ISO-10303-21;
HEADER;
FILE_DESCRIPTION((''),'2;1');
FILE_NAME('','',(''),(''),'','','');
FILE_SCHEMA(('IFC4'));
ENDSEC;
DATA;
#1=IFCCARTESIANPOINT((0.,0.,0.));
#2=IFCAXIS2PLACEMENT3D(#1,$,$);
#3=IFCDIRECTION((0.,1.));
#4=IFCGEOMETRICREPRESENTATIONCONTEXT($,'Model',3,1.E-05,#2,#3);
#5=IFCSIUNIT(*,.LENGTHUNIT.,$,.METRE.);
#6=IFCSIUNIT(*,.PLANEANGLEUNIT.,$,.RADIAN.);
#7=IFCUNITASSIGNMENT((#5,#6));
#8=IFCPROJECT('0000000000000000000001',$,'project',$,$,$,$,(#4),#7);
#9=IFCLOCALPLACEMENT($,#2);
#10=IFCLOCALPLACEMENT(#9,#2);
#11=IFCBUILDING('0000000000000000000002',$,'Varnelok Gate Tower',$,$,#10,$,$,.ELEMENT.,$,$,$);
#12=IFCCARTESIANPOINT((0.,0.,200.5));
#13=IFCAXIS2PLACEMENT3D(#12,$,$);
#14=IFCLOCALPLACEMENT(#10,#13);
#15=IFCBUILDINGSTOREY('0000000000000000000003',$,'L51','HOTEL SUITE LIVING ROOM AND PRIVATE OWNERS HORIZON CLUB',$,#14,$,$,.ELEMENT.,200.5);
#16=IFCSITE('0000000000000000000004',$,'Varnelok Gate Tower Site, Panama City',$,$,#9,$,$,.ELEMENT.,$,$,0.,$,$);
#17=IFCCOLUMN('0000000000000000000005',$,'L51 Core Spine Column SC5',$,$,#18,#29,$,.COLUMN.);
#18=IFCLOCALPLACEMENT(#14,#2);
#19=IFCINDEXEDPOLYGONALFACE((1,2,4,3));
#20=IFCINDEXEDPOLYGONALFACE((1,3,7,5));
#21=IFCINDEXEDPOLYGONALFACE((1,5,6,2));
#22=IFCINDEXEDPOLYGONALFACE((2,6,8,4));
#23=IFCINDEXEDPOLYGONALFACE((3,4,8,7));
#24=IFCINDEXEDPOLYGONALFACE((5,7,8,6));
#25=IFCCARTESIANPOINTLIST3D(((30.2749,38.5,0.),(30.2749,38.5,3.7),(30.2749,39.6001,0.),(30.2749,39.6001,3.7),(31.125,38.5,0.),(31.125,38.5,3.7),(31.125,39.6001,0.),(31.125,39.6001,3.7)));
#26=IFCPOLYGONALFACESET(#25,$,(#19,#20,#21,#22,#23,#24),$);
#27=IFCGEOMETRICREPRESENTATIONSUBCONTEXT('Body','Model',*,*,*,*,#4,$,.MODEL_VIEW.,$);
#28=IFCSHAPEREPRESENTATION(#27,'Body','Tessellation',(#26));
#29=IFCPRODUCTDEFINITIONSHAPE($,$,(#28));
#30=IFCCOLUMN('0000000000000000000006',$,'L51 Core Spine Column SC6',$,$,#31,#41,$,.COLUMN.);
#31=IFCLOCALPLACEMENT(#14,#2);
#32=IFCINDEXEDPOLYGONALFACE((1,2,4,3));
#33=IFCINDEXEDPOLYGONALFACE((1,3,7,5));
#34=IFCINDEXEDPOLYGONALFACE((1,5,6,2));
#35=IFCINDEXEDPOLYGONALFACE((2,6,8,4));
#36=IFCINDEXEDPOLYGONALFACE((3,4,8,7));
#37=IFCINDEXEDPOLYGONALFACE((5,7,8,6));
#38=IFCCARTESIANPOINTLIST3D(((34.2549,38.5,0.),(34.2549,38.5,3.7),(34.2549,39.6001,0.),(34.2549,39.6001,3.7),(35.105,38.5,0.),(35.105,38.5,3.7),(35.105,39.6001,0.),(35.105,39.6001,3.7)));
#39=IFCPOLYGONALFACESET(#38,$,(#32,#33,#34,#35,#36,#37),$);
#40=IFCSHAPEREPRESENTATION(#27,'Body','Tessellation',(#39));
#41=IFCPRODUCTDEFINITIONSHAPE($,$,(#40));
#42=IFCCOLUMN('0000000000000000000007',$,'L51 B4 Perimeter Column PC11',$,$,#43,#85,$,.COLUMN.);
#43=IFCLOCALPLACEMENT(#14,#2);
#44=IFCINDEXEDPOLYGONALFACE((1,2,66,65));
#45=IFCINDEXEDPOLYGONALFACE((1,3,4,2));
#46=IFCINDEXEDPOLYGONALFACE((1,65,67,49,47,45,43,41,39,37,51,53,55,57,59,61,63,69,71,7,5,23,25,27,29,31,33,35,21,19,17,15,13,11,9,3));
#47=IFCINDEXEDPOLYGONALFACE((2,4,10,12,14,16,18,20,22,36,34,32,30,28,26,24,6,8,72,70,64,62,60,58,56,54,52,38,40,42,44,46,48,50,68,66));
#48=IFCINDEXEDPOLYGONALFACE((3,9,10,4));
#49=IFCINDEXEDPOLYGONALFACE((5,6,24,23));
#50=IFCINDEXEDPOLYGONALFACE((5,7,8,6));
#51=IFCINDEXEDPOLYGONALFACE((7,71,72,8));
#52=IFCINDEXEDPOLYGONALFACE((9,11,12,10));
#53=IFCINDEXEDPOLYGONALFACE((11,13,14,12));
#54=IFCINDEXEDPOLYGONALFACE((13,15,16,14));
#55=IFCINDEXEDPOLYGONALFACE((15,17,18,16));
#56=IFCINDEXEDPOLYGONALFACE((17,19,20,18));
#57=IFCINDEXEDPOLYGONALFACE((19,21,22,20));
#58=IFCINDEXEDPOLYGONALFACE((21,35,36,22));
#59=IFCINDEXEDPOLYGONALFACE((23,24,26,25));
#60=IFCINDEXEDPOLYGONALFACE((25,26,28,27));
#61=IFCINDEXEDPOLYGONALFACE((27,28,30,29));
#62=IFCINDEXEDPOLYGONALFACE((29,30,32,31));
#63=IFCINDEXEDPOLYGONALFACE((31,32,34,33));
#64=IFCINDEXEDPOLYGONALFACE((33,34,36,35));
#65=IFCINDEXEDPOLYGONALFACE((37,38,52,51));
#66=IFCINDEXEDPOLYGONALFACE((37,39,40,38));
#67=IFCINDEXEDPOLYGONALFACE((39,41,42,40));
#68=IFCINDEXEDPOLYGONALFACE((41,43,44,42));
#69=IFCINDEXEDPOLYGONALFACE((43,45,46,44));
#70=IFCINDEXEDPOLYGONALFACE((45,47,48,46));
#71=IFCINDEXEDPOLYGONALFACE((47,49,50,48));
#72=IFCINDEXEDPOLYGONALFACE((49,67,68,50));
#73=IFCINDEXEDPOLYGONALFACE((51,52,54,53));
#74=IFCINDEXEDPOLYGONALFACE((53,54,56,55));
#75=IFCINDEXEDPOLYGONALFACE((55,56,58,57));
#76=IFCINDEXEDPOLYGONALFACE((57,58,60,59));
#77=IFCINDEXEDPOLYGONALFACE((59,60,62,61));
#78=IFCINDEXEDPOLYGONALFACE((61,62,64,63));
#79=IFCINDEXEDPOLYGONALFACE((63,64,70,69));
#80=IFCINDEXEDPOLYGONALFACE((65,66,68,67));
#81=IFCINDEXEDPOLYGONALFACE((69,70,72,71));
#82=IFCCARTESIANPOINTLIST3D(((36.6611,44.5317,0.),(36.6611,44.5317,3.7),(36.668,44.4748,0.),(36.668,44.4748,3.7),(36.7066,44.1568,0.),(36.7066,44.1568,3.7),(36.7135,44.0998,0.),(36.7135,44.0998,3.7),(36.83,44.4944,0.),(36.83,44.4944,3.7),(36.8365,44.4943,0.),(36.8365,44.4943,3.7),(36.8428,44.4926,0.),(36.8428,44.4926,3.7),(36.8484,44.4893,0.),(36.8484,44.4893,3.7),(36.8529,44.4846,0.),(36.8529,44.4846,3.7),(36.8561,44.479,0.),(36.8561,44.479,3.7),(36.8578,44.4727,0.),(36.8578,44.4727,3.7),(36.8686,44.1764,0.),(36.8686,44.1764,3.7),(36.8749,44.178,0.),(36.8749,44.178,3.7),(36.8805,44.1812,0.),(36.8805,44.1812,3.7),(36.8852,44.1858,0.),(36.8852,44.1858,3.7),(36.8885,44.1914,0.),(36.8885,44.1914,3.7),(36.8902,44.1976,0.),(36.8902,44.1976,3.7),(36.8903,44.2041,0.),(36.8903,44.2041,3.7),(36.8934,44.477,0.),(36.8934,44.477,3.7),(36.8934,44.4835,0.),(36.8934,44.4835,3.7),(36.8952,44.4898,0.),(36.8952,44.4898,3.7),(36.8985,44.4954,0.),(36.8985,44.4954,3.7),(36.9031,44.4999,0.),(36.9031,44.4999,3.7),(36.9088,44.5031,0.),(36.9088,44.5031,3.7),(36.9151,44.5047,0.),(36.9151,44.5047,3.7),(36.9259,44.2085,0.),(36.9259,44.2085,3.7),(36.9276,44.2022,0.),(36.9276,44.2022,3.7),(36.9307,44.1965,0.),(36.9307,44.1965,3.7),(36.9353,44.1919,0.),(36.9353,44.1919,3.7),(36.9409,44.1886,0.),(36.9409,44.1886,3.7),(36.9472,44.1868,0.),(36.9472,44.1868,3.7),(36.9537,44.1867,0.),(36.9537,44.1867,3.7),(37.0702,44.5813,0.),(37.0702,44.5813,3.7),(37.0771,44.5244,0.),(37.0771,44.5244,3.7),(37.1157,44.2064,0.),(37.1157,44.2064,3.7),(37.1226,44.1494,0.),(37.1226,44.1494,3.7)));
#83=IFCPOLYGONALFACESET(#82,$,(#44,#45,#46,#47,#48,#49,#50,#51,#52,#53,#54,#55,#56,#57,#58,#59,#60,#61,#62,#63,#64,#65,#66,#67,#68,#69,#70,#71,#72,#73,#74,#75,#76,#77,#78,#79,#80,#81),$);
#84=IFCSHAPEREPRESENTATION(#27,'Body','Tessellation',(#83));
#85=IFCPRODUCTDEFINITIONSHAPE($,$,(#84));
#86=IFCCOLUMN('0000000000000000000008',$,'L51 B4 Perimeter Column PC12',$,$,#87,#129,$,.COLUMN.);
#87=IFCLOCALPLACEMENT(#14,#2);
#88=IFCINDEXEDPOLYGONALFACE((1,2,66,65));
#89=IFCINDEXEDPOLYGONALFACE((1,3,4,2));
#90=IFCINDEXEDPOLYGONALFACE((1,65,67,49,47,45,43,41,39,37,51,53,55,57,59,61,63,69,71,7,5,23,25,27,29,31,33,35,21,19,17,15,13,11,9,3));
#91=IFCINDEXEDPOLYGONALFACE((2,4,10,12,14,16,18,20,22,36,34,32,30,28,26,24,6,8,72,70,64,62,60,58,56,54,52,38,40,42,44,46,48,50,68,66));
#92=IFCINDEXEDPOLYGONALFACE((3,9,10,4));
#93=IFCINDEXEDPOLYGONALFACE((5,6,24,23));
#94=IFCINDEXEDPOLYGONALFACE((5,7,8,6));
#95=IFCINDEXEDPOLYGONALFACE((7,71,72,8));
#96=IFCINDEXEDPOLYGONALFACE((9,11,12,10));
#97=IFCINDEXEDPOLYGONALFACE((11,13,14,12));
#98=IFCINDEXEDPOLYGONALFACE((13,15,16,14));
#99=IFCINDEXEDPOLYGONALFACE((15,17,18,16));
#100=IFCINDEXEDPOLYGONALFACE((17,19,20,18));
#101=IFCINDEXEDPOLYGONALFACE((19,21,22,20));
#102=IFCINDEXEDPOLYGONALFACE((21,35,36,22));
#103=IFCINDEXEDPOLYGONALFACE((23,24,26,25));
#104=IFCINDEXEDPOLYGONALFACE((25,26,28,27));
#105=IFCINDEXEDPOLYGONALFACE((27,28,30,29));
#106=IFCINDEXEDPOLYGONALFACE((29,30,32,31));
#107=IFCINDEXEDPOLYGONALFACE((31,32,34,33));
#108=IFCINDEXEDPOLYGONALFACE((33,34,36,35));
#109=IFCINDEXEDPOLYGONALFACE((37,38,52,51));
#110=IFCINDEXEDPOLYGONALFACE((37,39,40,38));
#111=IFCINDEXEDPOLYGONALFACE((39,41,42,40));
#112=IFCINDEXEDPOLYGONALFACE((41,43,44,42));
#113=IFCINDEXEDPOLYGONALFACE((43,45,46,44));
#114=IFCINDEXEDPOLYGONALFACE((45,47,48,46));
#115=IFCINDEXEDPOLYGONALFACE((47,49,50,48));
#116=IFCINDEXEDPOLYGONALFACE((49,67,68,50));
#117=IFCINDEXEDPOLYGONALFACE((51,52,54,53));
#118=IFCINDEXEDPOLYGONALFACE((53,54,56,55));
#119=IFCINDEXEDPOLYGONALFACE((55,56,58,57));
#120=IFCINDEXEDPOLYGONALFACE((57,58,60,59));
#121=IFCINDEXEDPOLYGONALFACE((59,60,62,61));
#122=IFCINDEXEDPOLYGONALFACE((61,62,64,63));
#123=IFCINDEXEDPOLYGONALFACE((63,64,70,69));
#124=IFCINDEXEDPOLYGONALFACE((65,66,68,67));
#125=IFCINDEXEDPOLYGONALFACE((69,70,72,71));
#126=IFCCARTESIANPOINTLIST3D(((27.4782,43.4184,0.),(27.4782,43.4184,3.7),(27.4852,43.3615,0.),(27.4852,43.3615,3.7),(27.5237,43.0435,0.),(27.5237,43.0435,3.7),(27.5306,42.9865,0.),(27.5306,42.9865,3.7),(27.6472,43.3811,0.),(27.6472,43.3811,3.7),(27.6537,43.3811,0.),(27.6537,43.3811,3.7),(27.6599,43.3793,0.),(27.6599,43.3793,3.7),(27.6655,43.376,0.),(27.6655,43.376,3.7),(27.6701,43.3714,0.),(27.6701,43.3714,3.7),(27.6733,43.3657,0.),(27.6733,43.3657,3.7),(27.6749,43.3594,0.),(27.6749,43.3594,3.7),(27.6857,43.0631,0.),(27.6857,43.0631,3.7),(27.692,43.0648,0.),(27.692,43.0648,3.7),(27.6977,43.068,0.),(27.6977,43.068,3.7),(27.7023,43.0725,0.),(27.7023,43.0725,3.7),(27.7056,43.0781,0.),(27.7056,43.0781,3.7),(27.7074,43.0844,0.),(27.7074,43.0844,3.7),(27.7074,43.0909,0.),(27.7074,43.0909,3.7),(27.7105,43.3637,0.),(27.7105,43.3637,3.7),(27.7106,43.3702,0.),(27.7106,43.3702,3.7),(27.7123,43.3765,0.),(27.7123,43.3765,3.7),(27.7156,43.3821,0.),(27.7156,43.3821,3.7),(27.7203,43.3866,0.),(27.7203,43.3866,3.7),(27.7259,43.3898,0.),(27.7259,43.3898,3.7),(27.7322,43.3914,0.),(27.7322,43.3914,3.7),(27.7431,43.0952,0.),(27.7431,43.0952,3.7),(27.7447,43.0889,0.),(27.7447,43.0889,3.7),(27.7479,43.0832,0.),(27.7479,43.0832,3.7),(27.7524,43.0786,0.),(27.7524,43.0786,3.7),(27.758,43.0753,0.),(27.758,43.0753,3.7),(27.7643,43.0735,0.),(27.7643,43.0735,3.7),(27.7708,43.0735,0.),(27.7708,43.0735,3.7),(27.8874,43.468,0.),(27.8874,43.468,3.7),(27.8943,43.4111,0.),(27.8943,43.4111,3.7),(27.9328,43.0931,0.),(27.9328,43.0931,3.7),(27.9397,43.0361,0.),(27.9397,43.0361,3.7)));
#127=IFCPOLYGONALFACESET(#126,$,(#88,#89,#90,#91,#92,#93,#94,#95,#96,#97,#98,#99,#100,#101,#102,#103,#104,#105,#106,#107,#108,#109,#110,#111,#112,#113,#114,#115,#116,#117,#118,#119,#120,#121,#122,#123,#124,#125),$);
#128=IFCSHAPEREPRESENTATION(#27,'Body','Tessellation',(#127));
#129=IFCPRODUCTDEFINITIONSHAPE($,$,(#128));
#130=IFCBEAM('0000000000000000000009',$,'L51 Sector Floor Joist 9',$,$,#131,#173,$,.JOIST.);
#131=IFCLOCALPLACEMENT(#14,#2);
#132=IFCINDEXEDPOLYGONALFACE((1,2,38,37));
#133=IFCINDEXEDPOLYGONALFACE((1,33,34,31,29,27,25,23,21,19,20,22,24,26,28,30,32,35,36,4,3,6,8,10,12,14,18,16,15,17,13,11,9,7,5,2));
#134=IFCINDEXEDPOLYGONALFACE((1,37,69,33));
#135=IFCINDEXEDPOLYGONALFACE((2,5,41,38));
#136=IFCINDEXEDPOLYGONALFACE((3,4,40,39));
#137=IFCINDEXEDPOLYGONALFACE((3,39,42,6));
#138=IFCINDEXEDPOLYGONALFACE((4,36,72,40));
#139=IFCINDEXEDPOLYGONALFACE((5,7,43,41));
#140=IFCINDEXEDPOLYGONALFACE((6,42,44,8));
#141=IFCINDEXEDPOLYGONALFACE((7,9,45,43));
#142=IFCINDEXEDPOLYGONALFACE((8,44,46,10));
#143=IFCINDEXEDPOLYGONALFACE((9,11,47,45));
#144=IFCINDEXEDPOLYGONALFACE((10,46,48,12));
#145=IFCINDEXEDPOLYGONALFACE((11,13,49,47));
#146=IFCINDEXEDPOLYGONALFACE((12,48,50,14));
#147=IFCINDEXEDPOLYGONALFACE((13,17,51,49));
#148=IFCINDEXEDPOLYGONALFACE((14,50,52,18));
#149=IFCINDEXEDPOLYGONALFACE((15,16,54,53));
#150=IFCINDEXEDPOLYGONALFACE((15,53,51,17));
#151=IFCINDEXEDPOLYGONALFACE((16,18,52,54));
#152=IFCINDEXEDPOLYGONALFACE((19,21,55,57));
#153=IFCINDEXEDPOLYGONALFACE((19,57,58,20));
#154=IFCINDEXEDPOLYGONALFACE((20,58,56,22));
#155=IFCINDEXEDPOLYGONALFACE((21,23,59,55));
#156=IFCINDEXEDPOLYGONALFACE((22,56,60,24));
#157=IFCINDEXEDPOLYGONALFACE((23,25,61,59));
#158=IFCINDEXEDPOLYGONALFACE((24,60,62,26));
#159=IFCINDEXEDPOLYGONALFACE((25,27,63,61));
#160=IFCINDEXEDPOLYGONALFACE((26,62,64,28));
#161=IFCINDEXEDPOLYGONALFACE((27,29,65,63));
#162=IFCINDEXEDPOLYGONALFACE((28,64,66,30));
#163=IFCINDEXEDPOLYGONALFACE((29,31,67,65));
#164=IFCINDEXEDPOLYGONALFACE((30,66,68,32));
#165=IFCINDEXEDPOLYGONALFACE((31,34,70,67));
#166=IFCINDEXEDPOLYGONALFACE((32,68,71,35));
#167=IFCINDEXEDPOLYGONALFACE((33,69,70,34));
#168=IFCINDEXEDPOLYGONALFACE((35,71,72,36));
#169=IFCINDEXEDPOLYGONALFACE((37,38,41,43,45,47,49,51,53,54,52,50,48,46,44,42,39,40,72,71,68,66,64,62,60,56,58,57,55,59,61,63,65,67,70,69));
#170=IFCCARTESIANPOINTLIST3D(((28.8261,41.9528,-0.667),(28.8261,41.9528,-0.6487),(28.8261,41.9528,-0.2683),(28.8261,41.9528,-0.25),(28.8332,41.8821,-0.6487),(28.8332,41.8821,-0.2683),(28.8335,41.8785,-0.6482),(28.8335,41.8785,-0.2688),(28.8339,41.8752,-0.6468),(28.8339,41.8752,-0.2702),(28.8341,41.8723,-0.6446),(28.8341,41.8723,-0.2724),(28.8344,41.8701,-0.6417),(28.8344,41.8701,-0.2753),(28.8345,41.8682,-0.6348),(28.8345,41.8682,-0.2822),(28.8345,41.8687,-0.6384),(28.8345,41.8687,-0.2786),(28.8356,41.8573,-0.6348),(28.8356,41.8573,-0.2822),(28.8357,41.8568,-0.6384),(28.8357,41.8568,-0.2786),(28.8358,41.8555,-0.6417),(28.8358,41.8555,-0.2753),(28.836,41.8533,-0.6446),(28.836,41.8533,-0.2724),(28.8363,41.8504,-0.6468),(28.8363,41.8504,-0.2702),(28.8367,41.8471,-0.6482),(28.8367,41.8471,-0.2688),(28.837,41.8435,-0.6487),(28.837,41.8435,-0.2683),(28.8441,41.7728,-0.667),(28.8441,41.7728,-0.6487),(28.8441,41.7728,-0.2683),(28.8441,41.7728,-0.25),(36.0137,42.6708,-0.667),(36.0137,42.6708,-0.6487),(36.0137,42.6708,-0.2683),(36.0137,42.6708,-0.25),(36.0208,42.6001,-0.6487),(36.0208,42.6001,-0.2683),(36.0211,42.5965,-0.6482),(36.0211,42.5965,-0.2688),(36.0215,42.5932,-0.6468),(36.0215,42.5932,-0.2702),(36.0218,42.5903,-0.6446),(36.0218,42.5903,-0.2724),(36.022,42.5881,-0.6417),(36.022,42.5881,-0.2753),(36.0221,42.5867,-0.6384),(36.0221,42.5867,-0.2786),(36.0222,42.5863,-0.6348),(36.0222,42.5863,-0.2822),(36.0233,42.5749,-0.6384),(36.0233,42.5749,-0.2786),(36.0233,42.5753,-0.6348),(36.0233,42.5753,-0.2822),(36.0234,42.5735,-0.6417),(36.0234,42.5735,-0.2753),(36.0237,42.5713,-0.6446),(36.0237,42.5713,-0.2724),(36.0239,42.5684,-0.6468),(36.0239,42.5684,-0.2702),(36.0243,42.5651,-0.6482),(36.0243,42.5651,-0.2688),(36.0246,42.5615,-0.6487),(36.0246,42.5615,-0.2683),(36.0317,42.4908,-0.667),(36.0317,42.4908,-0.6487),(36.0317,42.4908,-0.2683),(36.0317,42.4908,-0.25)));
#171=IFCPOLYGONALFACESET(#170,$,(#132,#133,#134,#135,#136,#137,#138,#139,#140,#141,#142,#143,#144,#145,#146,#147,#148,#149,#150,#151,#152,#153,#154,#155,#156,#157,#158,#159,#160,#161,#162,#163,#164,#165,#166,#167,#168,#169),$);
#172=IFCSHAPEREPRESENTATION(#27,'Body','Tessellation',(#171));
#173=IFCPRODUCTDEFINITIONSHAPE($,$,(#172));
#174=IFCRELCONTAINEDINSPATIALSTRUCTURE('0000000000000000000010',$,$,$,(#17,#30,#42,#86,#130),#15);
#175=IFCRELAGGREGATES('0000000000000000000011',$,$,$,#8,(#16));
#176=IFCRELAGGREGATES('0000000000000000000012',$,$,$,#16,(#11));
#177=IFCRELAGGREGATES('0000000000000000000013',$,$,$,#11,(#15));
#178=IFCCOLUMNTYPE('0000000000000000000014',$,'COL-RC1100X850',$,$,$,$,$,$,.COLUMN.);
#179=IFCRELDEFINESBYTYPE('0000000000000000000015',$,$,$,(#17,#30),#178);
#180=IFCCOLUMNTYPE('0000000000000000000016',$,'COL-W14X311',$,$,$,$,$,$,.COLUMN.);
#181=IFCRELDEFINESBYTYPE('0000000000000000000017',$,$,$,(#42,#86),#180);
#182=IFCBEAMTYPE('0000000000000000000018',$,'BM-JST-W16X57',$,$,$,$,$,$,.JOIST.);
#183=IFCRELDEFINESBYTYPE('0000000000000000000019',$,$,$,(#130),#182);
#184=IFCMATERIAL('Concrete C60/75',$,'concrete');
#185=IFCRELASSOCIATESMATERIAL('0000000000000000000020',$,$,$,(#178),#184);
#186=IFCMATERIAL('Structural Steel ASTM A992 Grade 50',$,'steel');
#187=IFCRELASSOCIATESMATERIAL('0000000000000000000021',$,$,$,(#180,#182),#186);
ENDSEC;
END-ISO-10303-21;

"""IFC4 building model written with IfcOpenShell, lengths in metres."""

from ifc_helpers import new_model, si_unit, direction, frame, origin, origin_2d, place, context, subcontext, project, spatial, rectangle, i_section, extrude, material, material_profile, profile_set, type_object, element, save


model = new_model("IFC4")

# Units and contexts
model_context = context("Model", 3, precision=1e-05, world=origin(), true_north=direction((0.0, 1.0)))
body_context = subcontext(model_context, "Body", "Model", "MODEL_VIEW")
ifc_project = project(units=[si_unit("LENGTHUNIT", "METRE"), si_unit("PLANEANGLEUNIT", "RADIAN")], contexts=[model_context])

# Site, building, storey
site_placement = place(None, origin())
site = spatial("IfcSite", under=ifc_project, at=site_placement, Name="Varnelok Gate Tower Site, Panama City", CompositionType="ELEMENT", RefElevation=0.0)
building_placement = place(site_placement, origin())
building = spatial("IfcBuilding", under=site, at=building_placement, Name="Varnelok Gate Tower", CompositionType="ELEMENT")
storey_placement = place(building_placement, frame((0.0, 0.0, 200.5)))
storey = spatial("IfcBuildingStorey", under=building, at=storey_placement, Name="L51", Description="HOTEL SUITE LIVING ROOM AND PRIVATE OWNERS HORIZON CLUB", CompositionType="ELEMENT", Elevation=200.5)

# Columns
ifc_material_1 = material(Name="Concrete C60/75", Category="concrete")
ifc_material_profile_1 = material_profile(ifc_material_1, rectangle(XDim=0.8501, YDim=1.1001, at=origin_2d()), Name="RC1100X850")
ifc_profile_set_1 = profile_set([ifc_material_profile_1], Name="Concrete C60/75")
column_type_1 = type_object("IfcColumnType", Name="COL-RC1100X850", PredefinedType="COLUMN", material=ifc_profile_set_1)
for number, where, z_axis, x_axis, name in (
    (1, (30.7, 39.05, 0.0), (0.0, 0.0, 1.0), (1.0, 0.0, 0.0), "L51 Core Spine Column SC5"),
    (2, (34.6799, 39.05, 0.0), (0.0, 0.0, 1.0), (1.0, 0.0, 0.0), "L51 Core Spine Column SC6"),
):
    element("IfcColumn", number, at=place(storey_placement, frame(where, z_axis=z_axis, x_axis=x_axis)), inside=storey, type_object=column_type_1, Name=name, PredefinedType="COLUMN", context=body_context, shape_type="SweptSolid", body=[
        extrude(rectangle(XDim=0.8501, YDim=1.1001, at=origin_2d()), origin(), (0.0, 0.0, 1.0), 3.7),
    ])
ifc_material_2 = material(Name="Structural Steel ASTM A992 Grade 50", Category="steel")
ifc_material_profile_2 = material_profile(ifc_material_2, i_section(OverallWidth=0.4121, OverallDepth=0.4351, WebThickness=0.0359, FlangeThickness=0.0574, FilletRadius=0.0249, at=origin_2d()), Name="W14X311")
ifc_profile_set_2 = profile_set([ifc_material_profile_2], Name="Structural Steel ASTM A992 Grade 50")
column_type_2 = type_object("IfcColumnType", Name="COL-W14X311", PredefinedType="COLUMN", material=ifc_profile_set_2)
for number, where, z_axis, x_axis, name in (
    (3, (36.8918, 44.3406, 0.0), (0.0, 0.0, 1.0), (0.992732, 0.120345, 0.0), "L51 B4 Perimeter Column PC11"),
    (4, (27.709, 43.2273, 0.0), (0.0, 0.0, 1.0), (0.992732, 0.120345, 0.0), "L51 B4 Perimeter Column PC12"),
):
    element("IfcColumn", number, at=place(storey_placement, frame(where, z_axis=z_axis, x_axis=x_axis)), inside=storey, type_object=column_type_2, Name=name, PredefinedType="COLUMN", context=body_context, shape_type="SweptSolid", body=[
        extrude(i_section(OverallWidth=0.4121, OverallDepth=0.4351, WebThickness=0.0359, FlangeThickness=0.0574, FilletRadius=0.0249, at=origin_2d()), origin(), (0.0, 0.0, 1.0), 3.7),
    ])

# Beam
ifc_material_profile_3 = material_profile(ifc_material_2, i_section(OverallWidth=0.1809, OverallDepth=0.417, WebThickness=0.011, FlangeThickness=0.0183, FilletRadius=0.0139, at=origin_2d()), Name="W16X57")
ifc_profile_set_3 = profile_set([ifc_material_profile_3], Name="Structural Steel ASTM A992 Grade 50")
beam_type_1 = type_object("IfcBeamType", Name="BM-JST-W16X57", PredefinedType="JOIST", material=ifc_profile_set_3)
beam_1_placement = place(storey_placement, frame((36.0227, 42.5808, -0.4585), z_axis=(-0.995047, -0.099403, 0.0), x_axis=(0.099403, -0.995047, 0.0)))
element("IfcBeam", 5, at=beam_1_placement, inside=storey, type_object=beam_type_1, Name="L51 Sector Floor Joist 9", PredefinedType="JOIST", context=body_context, shape_type="SweptSolid", body=[
    extrude(i_section(OverallWidth=0.1809, OverallDepth=0.417, WebThickness=0.011, FlangeThickness=0.0183, FilletRadius=0.0139, at=origin_2d()), origin(), (0.0, 0.0, 1.0), 7.2234),
])

save(model, "model.ifc")
